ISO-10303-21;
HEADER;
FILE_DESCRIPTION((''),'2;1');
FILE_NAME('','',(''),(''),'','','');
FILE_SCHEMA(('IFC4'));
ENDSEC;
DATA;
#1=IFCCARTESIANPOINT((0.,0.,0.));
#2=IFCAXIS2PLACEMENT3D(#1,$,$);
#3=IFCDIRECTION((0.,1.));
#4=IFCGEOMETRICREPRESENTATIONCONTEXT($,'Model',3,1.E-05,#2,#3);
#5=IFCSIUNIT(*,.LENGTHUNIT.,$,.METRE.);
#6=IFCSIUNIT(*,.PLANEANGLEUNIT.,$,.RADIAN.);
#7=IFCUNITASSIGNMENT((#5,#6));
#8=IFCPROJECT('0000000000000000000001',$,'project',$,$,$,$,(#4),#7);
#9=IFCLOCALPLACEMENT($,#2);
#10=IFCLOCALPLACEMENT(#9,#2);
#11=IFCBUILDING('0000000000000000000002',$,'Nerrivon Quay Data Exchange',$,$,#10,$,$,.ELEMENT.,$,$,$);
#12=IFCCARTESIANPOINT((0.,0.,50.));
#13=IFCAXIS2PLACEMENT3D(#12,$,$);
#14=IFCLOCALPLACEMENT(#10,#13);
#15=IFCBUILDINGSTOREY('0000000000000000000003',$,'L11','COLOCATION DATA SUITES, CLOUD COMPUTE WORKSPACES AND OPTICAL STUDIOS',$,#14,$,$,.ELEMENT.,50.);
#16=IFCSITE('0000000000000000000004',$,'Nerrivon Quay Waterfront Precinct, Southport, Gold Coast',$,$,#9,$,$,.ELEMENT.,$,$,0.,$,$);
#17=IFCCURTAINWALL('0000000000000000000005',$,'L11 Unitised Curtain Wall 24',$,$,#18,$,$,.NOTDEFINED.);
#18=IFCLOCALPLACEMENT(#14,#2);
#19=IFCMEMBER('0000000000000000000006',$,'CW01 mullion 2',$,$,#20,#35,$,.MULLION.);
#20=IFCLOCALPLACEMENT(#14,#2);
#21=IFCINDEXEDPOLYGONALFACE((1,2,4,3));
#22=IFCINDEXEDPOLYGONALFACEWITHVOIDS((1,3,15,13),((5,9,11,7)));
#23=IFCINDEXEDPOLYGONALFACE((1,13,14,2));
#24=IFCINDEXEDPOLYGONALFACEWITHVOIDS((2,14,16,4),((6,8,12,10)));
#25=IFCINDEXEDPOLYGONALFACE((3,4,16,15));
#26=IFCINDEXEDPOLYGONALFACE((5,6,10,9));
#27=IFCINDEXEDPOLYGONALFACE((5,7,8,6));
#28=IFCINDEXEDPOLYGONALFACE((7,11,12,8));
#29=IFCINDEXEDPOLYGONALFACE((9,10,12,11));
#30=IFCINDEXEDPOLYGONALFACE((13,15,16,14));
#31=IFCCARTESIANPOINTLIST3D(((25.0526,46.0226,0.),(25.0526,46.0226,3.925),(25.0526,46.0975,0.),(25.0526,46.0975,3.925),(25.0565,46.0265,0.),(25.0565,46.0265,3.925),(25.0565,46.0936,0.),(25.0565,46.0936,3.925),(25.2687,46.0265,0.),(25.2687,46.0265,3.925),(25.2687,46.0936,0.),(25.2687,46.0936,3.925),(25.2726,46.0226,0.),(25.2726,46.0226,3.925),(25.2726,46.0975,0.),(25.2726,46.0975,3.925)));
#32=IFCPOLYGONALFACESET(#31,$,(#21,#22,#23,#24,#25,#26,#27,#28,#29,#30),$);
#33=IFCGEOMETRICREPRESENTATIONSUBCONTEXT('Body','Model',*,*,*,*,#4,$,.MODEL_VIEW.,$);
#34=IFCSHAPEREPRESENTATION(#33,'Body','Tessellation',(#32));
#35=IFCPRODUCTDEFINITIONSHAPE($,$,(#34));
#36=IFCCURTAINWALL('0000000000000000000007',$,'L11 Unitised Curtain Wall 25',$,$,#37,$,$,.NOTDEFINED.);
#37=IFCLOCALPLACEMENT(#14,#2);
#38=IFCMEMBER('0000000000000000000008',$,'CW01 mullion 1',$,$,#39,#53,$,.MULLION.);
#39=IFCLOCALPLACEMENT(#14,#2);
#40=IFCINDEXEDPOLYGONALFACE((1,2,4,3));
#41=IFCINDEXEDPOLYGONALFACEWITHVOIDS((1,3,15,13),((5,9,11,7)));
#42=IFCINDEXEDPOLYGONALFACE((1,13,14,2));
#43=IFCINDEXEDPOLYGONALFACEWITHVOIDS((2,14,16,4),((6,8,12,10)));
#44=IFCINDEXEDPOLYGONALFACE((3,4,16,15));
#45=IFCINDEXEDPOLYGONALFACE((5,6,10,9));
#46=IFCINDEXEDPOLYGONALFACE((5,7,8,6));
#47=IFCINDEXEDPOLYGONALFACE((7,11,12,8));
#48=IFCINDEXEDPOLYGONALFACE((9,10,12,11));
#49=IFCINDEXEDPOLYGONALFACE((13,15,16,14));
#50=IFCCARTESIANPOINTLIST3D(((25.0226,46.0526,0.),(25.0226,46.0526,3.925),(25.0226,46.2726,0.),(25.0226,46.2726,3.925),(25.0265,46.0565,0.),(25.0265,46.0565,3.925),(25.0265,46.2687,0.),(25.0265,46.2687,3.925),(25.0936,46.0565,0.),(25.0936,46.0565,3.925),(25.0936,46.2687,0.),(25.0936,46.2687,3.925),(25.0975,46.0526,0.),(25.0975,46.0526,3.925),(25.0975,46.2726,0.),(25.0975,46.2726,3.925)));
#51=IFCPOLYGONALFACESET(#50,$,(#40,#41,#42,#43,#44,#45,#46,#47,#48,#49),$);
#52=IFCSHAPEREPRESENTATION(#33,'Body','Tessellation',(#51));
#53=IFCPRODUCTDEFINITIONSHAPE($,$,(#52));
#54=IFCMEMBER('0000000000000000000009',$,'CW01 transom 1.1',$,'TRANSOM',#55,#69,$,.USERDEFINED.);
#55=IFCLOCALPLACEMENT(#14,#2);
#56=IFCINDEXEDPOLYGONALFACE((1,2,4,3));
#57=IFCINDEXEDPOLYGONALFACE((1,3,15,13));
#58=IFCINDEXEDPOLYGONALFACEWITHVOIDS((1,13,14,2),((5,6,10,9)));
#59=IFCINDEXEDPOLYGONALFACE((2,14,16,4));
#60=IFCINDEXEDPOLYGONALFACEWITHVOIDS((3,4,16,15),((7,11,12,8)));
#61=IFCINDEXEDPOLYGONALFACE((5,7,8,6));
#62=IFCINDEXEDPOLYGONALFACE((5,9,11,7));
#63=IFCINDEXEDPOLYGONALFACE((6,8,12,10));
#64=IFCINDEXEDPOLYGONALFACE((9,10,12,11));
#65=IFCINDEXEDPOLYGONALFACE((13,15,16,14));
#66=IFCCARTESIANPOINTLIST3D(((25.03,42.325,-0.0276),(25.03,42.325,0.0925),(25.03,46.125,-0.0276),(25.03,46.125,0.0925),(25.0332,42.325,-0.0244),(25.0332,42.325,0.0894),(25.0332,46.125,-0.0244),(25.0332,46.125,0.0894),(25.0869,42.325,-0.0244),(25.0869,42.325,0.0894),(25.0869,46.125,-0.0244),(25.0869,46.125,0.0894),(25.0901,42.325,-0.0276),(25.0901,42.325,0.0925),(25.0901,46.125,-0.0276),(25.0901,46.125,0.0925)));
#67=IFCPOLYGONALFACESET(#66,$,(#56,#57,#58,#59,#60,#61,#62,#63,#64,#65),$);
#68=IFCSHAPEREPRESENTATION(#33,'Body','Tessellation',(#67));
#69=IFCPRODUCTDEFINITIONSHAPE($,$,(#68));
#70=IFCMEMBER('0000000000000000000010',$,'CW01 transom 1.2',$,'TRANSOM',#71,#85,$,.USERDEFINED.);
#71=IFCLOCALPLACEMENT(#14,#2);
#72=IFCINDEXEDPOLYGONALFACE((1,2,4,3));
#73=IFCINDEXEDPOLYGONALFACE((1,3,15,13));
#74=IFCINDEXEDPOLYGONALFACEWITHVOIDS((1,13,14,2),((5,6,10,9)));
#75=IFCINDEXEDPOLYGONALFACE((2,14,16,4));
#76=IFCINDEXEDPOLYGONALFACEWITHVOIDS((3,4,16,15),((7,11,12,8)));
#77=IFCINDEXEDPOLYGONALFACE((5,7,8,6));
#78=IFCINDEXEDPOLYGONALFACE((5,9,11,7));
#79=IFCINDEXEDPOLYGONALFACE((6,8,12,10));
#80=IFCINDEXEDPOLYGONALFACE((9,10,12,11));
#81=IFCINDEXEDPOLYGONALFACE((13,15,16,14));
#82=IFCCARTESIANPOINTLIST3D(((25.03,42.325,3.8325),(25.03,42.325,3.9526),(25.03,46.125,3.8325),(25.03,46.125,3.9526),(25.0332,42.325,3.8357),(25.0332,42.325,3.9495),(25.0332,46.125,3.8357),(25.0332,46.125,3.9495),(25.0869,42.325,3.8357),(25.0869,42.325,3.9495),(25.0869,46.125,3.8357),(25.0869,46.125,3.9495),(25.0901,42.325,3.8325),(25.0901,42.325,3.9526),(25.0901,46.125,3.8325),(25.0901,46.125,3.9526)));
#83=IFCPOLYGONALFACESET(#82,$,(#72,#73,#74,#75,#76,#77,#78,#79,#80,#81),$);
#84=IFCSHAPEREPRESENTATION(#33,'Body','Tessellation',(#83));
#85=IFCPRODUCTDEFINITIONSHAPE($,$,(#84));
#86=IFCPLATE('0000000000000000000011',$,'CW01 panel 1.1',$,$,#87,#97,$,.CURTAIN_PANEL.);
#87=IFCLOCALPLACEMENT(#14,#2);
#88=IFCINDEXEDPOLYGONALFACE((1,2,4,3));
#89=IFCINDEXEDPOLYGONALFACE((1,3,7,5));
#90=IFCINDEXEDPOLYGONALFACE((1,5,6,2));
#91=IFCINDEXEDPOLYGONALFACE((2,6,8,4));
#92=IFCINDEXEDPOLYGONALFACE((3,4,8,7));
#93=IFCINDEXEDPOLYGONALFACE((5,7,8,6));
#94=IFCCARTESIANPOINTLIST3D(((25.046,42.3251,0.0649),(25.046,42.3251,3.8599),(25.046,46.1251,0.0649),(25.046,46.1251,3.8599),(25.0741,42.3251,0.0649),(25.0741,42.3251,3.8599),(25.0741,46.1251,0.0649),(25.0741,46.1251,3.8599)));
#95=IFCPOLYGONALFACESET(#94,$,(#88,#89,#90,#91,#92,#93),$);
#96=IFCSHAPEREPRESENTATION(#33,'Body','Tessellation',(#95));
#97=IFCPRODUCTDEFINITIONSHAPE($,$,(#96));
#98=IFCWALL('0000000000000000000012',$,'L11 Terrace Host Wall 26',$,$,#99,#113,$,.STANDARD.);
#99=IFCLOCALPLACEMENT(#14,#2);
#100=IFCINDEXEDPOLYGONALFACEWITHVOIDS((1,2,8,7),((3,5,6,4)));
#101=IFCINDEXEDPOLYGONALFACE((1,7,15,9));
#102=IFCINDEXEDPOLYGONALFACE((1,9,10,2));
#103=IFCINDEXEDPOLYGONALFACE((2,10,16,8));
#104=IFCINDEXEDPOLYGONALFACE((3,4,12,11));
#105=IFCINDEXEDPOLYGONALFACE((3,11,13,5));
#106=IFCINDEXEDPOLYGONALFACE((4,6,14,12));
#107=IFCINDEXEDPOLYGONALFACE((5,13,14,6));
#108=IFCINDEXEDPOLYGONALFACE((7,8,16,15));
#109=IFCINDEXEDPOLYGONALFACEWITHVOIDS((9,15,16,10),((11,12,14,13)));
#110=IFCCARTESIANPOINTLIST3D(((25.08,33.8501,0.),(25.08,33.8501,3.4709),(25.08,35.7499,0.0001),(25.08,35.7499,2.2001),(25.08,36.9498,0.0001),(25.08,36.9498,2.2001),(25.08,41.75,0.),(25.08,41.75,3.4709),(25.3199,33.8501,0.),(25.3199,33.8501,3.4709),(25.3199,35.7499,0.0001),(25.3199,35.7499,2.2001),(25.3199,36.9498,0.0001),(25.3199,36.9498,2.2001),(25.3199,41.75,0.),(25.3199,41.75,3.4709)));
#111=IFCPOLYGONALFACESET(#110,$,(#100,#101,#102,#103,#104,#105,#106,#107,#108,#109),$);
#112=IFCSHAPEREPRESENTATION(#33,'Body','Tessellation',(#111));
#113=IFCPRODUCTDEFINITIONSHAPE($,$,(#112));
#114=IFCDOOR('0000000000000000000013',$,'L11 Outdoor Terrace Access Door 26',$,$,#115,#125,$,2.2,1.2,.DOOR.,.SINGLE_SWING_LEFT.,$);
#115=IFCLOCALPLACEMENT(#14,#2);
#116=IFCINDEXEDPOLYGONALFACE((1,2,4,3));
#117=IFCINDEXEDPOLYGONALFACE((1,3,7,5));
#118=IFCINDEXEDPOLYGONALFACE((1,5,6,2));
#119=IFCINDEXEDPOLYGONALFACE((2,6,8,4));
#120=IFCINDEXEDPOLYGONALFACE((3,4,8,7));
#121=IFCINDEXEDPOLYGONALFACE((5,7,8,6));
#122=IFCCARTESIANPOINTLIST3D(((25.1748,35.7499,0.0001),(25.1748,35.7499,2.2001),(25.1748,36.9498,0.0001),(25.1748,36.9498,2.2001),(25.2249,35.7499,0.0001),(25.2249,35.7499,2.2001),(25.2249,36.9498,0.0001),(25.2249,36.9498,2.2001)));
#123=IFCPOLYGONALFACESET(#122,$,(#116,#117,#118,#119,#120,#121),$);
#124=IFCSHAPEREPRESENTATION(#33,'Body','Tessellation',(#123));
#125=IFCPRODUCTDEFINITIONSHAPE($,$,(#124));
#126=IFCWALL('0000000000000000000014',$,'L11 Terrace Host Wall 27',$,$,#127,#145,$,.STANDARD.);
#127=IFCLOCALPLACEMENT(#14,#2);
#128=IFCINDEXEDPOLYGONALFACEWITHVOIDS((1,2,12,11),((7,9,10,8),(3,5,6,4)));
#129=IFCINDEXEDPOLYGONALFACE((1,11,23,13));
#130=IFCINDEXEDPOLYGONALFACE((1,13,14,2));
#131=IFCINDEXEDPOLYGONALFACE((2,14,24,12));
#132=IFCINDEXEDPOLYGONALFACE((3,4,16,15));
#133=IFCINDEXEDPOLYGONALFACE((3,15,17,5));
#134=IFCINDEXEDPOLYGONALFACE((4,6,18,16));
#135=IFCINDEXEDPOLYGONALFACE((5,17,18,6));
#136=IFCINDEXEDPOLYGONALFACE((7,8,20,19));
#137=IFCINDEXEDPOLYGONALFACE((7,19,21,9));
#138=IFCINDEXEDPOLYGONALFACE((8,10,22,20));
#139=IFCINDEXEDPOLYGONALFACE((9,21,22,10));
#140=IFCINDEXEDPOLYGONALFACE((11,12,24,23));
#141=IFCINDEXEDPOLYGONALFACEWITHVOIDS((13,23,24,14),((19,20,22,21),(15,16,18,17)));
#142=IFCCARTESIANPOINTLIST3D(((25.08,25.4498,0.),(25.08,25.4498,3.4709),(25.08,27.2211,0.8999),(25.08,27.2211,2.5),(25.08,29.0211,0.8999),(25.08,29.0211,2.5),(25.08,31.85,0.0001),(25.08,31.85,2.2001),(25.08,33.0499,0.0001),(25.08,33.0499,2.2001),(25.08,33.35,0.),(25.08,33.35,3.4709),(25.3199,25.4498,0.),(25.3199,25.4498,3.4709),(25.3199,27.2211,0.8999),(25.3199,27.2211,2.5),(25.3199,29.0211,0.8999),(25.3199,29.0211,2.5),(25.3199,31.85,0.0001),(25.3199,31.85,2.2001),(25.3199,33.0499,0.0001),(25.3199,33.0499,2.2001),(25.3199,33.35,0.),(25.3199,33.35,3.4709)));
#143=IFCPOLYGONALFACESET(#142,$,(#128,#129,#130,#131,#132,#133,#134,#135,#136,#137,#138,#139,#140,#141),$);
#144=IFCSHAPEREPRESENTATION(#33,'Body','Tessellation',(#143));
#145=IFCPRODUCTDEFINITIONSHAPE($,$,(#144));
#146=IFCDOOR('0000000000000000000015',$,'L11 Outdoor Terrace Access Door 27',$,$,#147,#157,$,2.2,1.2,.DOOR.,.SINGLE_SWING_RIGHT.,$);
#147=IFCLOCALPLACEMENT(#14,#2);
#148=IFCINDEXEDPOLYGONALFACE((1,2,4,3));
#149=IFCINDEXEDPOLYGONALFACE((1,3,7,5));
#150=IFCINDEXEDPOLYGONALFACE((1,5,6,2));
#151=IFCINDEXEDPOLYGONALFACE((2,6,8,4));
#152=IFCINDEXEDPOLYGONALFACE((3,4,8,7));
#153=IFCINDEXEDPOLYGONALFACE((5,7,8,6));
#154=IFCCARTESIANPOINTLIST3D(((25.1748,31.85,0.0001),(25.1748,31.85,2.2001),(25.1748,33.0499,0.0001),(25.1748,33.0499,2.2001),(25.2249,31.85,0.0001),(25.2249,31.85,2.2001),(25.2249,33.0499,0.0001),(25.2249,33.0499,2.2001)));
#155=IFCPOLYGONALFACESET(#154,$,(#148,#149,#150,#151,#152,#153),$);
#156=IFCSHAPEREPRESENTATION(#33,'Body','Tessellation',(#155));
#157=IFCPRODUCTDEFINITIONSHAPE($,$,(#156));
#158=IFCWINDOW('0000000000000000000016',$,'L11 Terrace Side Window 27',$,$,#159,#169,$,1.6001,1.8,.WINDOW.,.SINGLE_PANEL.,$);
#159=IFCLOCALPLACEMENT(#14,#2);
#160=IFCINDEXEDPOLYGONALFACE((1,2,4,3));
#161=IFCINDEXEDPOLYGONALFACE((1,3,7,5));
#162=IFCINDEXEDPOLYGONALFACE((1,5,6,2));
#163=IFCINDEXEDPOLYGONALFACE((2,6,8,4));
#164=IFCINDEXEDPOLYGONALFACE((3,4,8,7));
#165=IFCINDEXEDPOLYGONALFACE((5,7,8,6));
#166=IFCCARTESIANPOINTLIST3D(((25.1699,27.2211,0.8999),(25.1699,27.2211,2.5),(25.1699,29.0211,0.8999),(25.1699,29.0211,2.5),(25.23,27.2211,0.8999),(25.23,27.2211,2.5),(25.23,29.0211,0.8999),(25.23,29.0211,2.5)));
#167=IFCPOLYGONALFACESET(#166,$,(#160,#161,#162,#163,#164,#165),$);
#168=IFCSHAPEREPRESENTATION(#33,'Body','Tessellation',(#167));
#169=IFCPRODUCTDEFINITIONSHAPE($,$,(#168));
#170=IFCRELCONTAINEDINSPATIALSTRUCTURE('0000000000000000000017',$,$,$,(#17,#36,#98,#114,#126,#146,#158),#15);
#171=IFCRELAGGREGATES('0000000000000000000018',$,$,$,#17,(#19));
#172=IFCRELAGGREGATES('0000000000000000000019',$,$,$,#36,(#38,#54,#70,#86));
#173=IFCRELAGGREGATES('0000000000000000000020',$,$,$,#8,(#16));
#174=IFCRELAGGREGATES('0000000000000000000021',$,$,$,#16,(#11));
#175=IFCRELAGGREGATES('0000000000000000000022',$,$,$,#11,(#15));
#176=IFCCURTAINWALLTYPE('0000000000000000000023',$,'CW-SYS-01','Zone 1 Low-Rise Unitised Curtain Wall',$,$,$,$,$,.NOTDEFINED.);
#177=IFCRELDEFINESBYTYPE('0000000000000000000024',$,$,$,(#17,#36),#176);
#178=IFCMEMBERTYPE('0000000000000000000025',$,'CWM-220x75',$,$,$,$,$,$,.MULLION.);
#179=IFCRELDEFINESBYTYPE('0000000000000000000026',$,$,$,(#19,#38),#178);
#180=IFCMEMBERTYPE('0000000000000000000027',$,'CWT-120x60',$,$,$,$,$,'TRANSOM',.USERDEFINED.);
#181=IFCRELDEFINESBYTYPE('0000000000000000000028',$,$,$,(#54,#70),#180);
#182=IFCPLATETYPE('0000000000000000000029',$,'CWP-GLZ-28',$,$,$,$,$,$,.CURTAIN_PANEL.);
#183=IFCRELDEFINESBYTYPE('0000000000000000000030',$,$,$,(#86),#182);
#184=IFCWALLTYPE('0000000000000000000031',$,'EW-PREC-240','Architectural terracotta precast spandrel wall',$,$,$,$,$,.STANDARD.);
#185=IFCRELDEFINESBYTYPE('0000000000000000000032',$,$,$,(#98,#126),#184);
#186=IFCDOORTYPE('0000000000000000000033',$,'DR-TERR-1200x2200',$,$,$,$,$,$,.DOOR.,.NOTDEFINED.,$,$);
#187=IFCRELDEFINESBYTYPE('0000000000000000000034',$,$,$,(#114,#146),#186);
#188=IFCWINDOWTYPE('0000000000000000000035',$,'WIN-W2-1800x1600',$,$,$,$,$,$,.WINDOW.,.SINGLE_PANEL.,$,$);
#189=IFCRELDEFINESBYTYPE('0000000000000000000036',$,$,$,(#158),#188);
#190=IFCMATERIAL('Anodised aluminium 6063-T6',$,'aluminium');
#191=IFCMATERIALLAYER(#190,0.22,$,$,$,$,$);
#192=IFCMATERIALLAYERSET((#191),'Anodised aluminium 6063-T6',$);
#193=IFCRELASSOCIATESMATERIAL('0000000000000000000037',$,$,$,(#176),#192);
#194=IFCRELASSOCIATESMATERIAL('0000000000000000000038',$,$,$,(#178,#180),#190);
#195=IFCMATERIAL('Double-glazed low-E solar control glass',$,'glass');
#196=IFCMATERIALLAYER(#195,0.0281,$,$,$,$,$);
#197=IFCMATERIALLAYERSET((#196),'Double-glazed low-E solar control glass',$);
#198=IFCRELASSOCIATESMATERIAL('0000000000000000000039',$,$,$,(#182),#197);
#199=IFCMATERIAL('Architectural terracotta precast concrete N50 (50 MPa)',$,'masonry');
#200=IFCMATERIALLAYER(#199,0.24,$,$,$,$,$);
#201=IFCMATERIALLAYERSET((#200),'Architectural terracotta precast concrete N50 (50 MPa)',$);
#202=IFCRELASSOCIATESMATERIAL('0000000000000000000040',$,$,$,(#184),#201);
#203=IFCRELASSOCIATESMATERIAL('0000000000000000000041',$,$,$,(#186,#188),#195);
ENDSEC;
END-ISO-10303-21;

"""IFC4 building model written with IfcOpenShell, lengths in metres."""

from ifc_helpers import new_model, si_unit, direction, frame, frame_2d, origin, origin_2d, place, context, subcontext, project, spatial, rectangle, hollow_rectangle, extrude, material, layer, layer_set, material_profile, profile_set, type_object, element, fill, aggregate, save


model = new_model("IFC4")

# Units and contexts
model_context = context("Model", 3, precision=1e-05, world=origin(), true_north=direction((0.0, 1.0)))
body_context = subcontext(model_context, "Body", "Model", "MODEL_VIEW")
ifc_project = project(units=[si_unit("LENGTHUNIT", "METRE"), si_unit("PLANEANGLEUNIT", "RADIAN")], contexts=[model_context])

# Site, building, storey
site_placement = place(None, origin())
site = spatial("IfcSite", under=ifc_project, at=site_placement, Name="Nerrivon Quay Waterfront Precinct, Southport, Gold Coast", CompositionType="ELEMENT", RefElevation=0.0)
building_placement = place(site_placement, origin())
building = spatial("IfcBuilding", under=site, at=building_placement, Name="Nerrivon Quay Data Exchange", CompositionType="ELEMENT")
storey_placement = place(building_placement, frame((0.0, 0.0, 50.0)))
storey = spatial("IfcBuildingStorey", under=building, at=storey_placement, Name="L11", Description="COLOCATION DATA SUITES, CLOUD COMPUTE WORKSPACES AND OPTICAL STUDIOS", CompositionType="ELEMENT", Elevation=50.0)

# Curtain wall, member
ifc_material_1 = material(Name="Anodised aluminium 6063-T6", Category="aluminium")
ifc_layer_1 = layer(ifc_material_1, 0.22)
ifc_layer_set_1 = layer_set([ifc_layer_1], Name="Anodised aluminium 6063-T6")
curtain_wall_type = type_object("IfcCurtainWallType", Name="CW-SYS-01", Description="Zone 1 Low-Rise Unitised Curtain Wall", PredefinedType="NOTDEFINED", material=ifc_layer_set_1)
curtain_wall_1_placement = place(storey_placement, origin())
curtain_wall_1 = element("IfcCurtainWall", 1, at=curtain_wall_1_placement, inside=storey, type_object=curtain_wall_type, Name="L11 Unitised Curtain Wall 24", PredefinedType="NOTDEFINED")
ifc_material_profile_1 = material_profile(ifc_material_1, hollow_rectangle(XDim=0.075, YDim=0.22, WallThickness=0.0039, at=origin_2d()), Name="ALU-MULL-220x75")
ifc_profile_set_1 = profile_set([ifc_material_profile_1], Name="Anodised aluminium 6063-T6")
member_type_1 = type_object("IfcMemberType", Name="CWM-220x75", PredefinedType="MULLION", material=ifc_profile_set_1)
member_1_placement = place(storey_placement, frame((25.1626, 46.0601, 0.0), z_axis=(0.0, 0.0, 1.0), x_axis=(0.0, 1.0, 0.0)))
member_1 = element("IfcMember", 2, at=member_1_placement, type_object=member_type_1, Name="CW01 mullion 2", PredefinedType="MULLION", context=body_context, shape_type="SweptSolid", body=[
    extrude(hollow_rectangle(XDim=0.075, YDim=0.22, WallThickness=0.0039, at=origin_2d()), origin(), (0.0, 0.0, 1.0), 3.925),
])
aggregate(curtain_wall_1, [member_1])

# Curtain wall, members, plate
curtain_wall_2_placement = place(storey_placement, origin())
curtain_wall_2 = element("IfcCurtainWall", 3, at=curtain_wall_2_placement, inside=storey, type_object=curtain_wall_type, Name="L11 Unitised Curtain Wall 25", PredefinedType="NOTDEFINED")
member_2_placement = place(storey_placement, frame((25.0601, 46.1626, 0.0), z_axis=(0.0, 0.0, 1.0), x_axis=(1.0, 0.0, 0.0)))
member_2 = element("IfcMember", 4, at=member_2_placement, type_object=member_type_1, Name="CW01 mullion 1", PredefinedType="MULLION", context=body_context, shape_type="SweptSolid", body=[
    extrude(hollow_rectangle(XDim=0.075, YDim=0.22, WallThickness=0.0039, at=origin_2d()), origin(), (0.0, 0.0, 1.0), 3.925),
])
ifc_material_profile_2 = material_profile(ifc_material_1, hollow_rectangle(XDim=0.0601, YDim=0.1201, WallThickness=0.0032, at=origin_2d()), Name="ALU-TRAN-120x60")
ifc_profile_set_2 = profile_set([ifc_material_profile_2], Name="Anodised aluminium 6063-T6")
member_type_2 = type_object("IfcMemberType", Name="CWT-120x60", ElementType="TRANSOM", PredefinedType="USERDEFINED", material=ifc_profile_set_2)
member_3_placement = place(storey_placement, frame((25.0601, 46.125, 0.0325), z_axis=(0.0, -1.0, 0.0), x_axis=(1.0, 0.0, 0.0)))
member_3 = element("IfcMember", 5, at=member_3_placement, type_object=member_type_2, Name="CW01 transom 1.1", ObjectType="TRANSOM", PredefinedType="USERDEFINED", context=body_context, shape_type="SweptSolid", body=[
    extrude(hollow_rectangle(XDim=0.0601, YDim=0.1201, WallThickness=0.0032, at=origin_2d()), origin(), (0.0, 0.0, 1.0), 3.8),
])
member_4_placement = place(storey_placement, frame((25.0601, 46.125, 3.8926), z_axis=(0.0, -1.0, 0.0), x_axis=(1.0, 0.0, 0.0)))
member_4 = element("IfcMember", 6, at=member_4_placement, type_object=member_type_2, Name="CW01 transom 1.2", ObjectType="TRANSOM", PredefinedType="USERDEFINED", context=body_context, shape_type="SweptSolid", body=[
    extrude(hollow_rectangle(XDim=0.0601, YDim=0.1201, WallThickness=0.0032, at=origin_2d()), origin(), (0.0, 0.0, 1.0), 3.8),
])
ifc_material_2 = material(Name="Double-glazed low-E solar control glass", Category="glass")
ifc_layer_2 = layer(ifc_material_2, 0.0281)
ifc_layer_set_2 = layer_set([ifc_layer_2], Name="Double-glazed low-E solar control glass")
plate_type = type_object("IfcPlateType", Name="CWP-GLZ-28", PredefinedType="CURTAIN_PANEL", material=ifc_layer_set_2)
plate_placement = place(storey_placement, frame((25.0601, 44.2251, 0.0649), z_axis=(0.0, 0.0, 1.0), x_axis=(0.0, -1.0, 0.0)))
plate = element("IfcPlate", 7, at=plate_placement, type_object=plate_type, Name="CW01 panel 1.1", PredefinedType="CURTAIN_PANEL", context=body_context, shape_type="SweptSolid", body=[
    extrude(rectangle(XDim=3.8, YDim=0.0281, at=origin_2d()), origin(), (0.0, 0.0, 1.0), 3.7949),
])
aggregate(curtain_wall_2, [member_2, member_3, member_4, plate])

# Wall, opening, door
ifc_material_3 = material(Name="Architectural terracotta precast concrete N50 (50 MPa)", Category="masonry")
ifc_layer_3 = layer(ifc_material_3, 0.24)
ifc_layer_set_3 = layer_set([ifc_layer_3], Name="Architectural terracotta precast concrete N50 (50 MPa)")
wall_type = type_object("IfcWallType", Name="EW-PREC-240", Description="Architectural terracotta precast spandrel wall", PredefinedType="STANDARD", material=ifc_layer_set_3)
wall_1_placement = place(storey_placement, frame((25.2, 41.75, 0.0), z_axis=(0.0, 0.0, 1.0), x_axis=(0.0, -1.0, 0.0)))
wall_1 = element("IfcWall", 8, at=wall_1_placement, inside=storey, type_object=wall_type, Name="L11 Terrace Host Wall 26", PredefinedType="STANDARD", context=body_context, shape_type="SweptSolid", body=[
    extrude(rectangle(XDim=7.8999, YDim=0.24, at=frame_2d((3.95, 0.0))), origin(), (0.0, 0.0, 1.0), 3.4709),
])
opening_1_placement = place(wall_1_placement, frame((4.8, 0.0, 0.0)))
opening_1 = element("IfcOpeningElement", 9, at=opening_1_placement, cuts=wall_1, PredefinedType="OPENING", context=body_context, shape_type="SweptSolid", body=[
    extrude(rectangle(XDim=1.2, YDim=2.2, at=frame_2d((0.6001, 1.1001))), frame((0.0, 0.1299, 0.0), z_axis=(0.0, -1.0, 0.0), x_axis=(1.0, 0.0, 0.0)), (0.0, 0.0, 1.0), 0.26),
])
door_type = type_object("IfcDoorType", Name="DR-TERR-1200x2200", OperationType="NOTDEFINED", PredefinedType="DOOR", material=ifc_material_2)
door_1_placement = place(opening_1_placement, origin())
door_1 = element("IfcDoor", 10, at=door_1_placement, inside=storey, type_object=door_type, Name="L11 Outdoor Terrace Access Door 26", OperationType="SINGLE_SWING_LEFT", OverallHeight=2.2, OverallWidth=1.2, PredefinedType="DOOR", context=body_context, shape_type="SweptSolid", body=[
    extrude(rectangle(XDim=1.2, YDim=2.2, at=frame_2d((0.6001, 1.1001))), frame((0.0, 0.0249, 0.0), z_axis=(0.0, -1.0, 0.0), x_axis=(1.0, 0.0, 0.0)), (0.0, 0.0, 1.0), 0.05),
])
fill(opening_1, door_1)

# Wall, openings, door, window
wall_2_placement = place(storey_placement, frame((25.2, 33.3501, 0.0), z_axis=(0.0, 0.0, 1.0), x_axis=(0.0, -1.0, 0.0)))
wall_2 = element("IfcWall", 11, at=wall_2_placement, inside=storey, type_object=wall_type, Name="L11 Terrace Host Wall 27", PredefinedType="STANDARD", context=body_context, shape_type="SweptSolid", body=[
    extrude(rectangle(XDim=7.9001, YDim=0.24, at=frame_2d((3.9502, 0.0))), origin(), (0.0, 0.0, 1.0), 3.4709),
])
opening_2_placement = place(wall_2_placement, frame((0.3, 0.0, 0.0)))
opening_2 = element("IfcOpeningElement", 12, at=opening_2_placement, cuts=wall_2, PredefinedType="OPENING", context=body_context, shape_type="SweptSolid", body=[
    extrude(rectangle(XDim=1.2, YDim=2.2, at=frame_2d((0.6001, 1.1001))), frame((0.0, 0.1299, 0.0), z_axis=(0.0, -1.0, 0.0), x_axis=(1.0, 0.0, 0.0)), (0.0, 0.0, 1.0), 0.26),
])
opening_3_placement = place(wall_2_placement, frame((4.3291, 0.0, 0.8999)))
opening_3 = element("IfcOpeningElement", 13, at=opening_3_placement, cuts=wall_2, PredefinedType="OPENING", context=body_context, shape_type="SweptSolid", body=[
    extrude(rectangle(XDim=1.8, YDim=1.6001, at=frame_2d((0.8999, 0.8))), frame((0.0, 0.1299, 0.0), z_axis=(0.0, -1.0, 0.0), x_axis=(1.0, 0.0, 0.0)), (0.0, 0.0, 1.0), 0.26),
])
door_2_placement = place(opening_2_placement, origin())
door_2 = element("IfcDoor", 14, at=door_2_placement, inside=storey, type_object=door_type, Name="L11 Outdoor Terrace Access Door 27", OperationType="SINGLE_SWING_RIGHT", OverallHeight=2.2, OverallWidth=1.2, PredefinedType="DOOR", context=body_context, shape_type="SweptSolid", body=[
    extrude(rectangle(XDim=1.2, YDim=2.2, at=frame_2d((0.6001, 1.1001))), frame((0.0, 0.0249, 0.0), z_axis=(0.0, -1.0, 0.0), x_axis=(1.0, 0.0, 0.0)), (0.0, 0.0, 1.0), 0.05),
])
fill(opening_2, door_2)
window_type = type_object("IfcWindowType", Name="WIN-W2-1800x1600", PartitioningType="SINGLE_PANEL", PredefinedType="WINDOW", material=ifc_material_2)
window_placement = place(opening_3_placement, origin())
window = element("IfcWindow", 15, at=window_placement, inside=storey, type_object=window_type, Name="L11 Terrace Side Window 27", OverallHeight=1.6001, OverallWidth=1.8, PartitioningType="SINGLE_PANEL", PredefinedType="WINDOW", context=body_context, shape_type="SweptSolid", body=[
    extrude(rectangle(XDim=1.8, YDim=1.6001, at=frame_2d((0.8999, 0.8))), frame((0.0, 0.03, 0.0), z_axis=(0.0, -1.0, 0.0), x_axis=(1.0, 0.0, 0.0)), (0.0, 0.0, 1.0), 0.0601),
])
fill(opening_3, window)

save(model, "model.ifc")
